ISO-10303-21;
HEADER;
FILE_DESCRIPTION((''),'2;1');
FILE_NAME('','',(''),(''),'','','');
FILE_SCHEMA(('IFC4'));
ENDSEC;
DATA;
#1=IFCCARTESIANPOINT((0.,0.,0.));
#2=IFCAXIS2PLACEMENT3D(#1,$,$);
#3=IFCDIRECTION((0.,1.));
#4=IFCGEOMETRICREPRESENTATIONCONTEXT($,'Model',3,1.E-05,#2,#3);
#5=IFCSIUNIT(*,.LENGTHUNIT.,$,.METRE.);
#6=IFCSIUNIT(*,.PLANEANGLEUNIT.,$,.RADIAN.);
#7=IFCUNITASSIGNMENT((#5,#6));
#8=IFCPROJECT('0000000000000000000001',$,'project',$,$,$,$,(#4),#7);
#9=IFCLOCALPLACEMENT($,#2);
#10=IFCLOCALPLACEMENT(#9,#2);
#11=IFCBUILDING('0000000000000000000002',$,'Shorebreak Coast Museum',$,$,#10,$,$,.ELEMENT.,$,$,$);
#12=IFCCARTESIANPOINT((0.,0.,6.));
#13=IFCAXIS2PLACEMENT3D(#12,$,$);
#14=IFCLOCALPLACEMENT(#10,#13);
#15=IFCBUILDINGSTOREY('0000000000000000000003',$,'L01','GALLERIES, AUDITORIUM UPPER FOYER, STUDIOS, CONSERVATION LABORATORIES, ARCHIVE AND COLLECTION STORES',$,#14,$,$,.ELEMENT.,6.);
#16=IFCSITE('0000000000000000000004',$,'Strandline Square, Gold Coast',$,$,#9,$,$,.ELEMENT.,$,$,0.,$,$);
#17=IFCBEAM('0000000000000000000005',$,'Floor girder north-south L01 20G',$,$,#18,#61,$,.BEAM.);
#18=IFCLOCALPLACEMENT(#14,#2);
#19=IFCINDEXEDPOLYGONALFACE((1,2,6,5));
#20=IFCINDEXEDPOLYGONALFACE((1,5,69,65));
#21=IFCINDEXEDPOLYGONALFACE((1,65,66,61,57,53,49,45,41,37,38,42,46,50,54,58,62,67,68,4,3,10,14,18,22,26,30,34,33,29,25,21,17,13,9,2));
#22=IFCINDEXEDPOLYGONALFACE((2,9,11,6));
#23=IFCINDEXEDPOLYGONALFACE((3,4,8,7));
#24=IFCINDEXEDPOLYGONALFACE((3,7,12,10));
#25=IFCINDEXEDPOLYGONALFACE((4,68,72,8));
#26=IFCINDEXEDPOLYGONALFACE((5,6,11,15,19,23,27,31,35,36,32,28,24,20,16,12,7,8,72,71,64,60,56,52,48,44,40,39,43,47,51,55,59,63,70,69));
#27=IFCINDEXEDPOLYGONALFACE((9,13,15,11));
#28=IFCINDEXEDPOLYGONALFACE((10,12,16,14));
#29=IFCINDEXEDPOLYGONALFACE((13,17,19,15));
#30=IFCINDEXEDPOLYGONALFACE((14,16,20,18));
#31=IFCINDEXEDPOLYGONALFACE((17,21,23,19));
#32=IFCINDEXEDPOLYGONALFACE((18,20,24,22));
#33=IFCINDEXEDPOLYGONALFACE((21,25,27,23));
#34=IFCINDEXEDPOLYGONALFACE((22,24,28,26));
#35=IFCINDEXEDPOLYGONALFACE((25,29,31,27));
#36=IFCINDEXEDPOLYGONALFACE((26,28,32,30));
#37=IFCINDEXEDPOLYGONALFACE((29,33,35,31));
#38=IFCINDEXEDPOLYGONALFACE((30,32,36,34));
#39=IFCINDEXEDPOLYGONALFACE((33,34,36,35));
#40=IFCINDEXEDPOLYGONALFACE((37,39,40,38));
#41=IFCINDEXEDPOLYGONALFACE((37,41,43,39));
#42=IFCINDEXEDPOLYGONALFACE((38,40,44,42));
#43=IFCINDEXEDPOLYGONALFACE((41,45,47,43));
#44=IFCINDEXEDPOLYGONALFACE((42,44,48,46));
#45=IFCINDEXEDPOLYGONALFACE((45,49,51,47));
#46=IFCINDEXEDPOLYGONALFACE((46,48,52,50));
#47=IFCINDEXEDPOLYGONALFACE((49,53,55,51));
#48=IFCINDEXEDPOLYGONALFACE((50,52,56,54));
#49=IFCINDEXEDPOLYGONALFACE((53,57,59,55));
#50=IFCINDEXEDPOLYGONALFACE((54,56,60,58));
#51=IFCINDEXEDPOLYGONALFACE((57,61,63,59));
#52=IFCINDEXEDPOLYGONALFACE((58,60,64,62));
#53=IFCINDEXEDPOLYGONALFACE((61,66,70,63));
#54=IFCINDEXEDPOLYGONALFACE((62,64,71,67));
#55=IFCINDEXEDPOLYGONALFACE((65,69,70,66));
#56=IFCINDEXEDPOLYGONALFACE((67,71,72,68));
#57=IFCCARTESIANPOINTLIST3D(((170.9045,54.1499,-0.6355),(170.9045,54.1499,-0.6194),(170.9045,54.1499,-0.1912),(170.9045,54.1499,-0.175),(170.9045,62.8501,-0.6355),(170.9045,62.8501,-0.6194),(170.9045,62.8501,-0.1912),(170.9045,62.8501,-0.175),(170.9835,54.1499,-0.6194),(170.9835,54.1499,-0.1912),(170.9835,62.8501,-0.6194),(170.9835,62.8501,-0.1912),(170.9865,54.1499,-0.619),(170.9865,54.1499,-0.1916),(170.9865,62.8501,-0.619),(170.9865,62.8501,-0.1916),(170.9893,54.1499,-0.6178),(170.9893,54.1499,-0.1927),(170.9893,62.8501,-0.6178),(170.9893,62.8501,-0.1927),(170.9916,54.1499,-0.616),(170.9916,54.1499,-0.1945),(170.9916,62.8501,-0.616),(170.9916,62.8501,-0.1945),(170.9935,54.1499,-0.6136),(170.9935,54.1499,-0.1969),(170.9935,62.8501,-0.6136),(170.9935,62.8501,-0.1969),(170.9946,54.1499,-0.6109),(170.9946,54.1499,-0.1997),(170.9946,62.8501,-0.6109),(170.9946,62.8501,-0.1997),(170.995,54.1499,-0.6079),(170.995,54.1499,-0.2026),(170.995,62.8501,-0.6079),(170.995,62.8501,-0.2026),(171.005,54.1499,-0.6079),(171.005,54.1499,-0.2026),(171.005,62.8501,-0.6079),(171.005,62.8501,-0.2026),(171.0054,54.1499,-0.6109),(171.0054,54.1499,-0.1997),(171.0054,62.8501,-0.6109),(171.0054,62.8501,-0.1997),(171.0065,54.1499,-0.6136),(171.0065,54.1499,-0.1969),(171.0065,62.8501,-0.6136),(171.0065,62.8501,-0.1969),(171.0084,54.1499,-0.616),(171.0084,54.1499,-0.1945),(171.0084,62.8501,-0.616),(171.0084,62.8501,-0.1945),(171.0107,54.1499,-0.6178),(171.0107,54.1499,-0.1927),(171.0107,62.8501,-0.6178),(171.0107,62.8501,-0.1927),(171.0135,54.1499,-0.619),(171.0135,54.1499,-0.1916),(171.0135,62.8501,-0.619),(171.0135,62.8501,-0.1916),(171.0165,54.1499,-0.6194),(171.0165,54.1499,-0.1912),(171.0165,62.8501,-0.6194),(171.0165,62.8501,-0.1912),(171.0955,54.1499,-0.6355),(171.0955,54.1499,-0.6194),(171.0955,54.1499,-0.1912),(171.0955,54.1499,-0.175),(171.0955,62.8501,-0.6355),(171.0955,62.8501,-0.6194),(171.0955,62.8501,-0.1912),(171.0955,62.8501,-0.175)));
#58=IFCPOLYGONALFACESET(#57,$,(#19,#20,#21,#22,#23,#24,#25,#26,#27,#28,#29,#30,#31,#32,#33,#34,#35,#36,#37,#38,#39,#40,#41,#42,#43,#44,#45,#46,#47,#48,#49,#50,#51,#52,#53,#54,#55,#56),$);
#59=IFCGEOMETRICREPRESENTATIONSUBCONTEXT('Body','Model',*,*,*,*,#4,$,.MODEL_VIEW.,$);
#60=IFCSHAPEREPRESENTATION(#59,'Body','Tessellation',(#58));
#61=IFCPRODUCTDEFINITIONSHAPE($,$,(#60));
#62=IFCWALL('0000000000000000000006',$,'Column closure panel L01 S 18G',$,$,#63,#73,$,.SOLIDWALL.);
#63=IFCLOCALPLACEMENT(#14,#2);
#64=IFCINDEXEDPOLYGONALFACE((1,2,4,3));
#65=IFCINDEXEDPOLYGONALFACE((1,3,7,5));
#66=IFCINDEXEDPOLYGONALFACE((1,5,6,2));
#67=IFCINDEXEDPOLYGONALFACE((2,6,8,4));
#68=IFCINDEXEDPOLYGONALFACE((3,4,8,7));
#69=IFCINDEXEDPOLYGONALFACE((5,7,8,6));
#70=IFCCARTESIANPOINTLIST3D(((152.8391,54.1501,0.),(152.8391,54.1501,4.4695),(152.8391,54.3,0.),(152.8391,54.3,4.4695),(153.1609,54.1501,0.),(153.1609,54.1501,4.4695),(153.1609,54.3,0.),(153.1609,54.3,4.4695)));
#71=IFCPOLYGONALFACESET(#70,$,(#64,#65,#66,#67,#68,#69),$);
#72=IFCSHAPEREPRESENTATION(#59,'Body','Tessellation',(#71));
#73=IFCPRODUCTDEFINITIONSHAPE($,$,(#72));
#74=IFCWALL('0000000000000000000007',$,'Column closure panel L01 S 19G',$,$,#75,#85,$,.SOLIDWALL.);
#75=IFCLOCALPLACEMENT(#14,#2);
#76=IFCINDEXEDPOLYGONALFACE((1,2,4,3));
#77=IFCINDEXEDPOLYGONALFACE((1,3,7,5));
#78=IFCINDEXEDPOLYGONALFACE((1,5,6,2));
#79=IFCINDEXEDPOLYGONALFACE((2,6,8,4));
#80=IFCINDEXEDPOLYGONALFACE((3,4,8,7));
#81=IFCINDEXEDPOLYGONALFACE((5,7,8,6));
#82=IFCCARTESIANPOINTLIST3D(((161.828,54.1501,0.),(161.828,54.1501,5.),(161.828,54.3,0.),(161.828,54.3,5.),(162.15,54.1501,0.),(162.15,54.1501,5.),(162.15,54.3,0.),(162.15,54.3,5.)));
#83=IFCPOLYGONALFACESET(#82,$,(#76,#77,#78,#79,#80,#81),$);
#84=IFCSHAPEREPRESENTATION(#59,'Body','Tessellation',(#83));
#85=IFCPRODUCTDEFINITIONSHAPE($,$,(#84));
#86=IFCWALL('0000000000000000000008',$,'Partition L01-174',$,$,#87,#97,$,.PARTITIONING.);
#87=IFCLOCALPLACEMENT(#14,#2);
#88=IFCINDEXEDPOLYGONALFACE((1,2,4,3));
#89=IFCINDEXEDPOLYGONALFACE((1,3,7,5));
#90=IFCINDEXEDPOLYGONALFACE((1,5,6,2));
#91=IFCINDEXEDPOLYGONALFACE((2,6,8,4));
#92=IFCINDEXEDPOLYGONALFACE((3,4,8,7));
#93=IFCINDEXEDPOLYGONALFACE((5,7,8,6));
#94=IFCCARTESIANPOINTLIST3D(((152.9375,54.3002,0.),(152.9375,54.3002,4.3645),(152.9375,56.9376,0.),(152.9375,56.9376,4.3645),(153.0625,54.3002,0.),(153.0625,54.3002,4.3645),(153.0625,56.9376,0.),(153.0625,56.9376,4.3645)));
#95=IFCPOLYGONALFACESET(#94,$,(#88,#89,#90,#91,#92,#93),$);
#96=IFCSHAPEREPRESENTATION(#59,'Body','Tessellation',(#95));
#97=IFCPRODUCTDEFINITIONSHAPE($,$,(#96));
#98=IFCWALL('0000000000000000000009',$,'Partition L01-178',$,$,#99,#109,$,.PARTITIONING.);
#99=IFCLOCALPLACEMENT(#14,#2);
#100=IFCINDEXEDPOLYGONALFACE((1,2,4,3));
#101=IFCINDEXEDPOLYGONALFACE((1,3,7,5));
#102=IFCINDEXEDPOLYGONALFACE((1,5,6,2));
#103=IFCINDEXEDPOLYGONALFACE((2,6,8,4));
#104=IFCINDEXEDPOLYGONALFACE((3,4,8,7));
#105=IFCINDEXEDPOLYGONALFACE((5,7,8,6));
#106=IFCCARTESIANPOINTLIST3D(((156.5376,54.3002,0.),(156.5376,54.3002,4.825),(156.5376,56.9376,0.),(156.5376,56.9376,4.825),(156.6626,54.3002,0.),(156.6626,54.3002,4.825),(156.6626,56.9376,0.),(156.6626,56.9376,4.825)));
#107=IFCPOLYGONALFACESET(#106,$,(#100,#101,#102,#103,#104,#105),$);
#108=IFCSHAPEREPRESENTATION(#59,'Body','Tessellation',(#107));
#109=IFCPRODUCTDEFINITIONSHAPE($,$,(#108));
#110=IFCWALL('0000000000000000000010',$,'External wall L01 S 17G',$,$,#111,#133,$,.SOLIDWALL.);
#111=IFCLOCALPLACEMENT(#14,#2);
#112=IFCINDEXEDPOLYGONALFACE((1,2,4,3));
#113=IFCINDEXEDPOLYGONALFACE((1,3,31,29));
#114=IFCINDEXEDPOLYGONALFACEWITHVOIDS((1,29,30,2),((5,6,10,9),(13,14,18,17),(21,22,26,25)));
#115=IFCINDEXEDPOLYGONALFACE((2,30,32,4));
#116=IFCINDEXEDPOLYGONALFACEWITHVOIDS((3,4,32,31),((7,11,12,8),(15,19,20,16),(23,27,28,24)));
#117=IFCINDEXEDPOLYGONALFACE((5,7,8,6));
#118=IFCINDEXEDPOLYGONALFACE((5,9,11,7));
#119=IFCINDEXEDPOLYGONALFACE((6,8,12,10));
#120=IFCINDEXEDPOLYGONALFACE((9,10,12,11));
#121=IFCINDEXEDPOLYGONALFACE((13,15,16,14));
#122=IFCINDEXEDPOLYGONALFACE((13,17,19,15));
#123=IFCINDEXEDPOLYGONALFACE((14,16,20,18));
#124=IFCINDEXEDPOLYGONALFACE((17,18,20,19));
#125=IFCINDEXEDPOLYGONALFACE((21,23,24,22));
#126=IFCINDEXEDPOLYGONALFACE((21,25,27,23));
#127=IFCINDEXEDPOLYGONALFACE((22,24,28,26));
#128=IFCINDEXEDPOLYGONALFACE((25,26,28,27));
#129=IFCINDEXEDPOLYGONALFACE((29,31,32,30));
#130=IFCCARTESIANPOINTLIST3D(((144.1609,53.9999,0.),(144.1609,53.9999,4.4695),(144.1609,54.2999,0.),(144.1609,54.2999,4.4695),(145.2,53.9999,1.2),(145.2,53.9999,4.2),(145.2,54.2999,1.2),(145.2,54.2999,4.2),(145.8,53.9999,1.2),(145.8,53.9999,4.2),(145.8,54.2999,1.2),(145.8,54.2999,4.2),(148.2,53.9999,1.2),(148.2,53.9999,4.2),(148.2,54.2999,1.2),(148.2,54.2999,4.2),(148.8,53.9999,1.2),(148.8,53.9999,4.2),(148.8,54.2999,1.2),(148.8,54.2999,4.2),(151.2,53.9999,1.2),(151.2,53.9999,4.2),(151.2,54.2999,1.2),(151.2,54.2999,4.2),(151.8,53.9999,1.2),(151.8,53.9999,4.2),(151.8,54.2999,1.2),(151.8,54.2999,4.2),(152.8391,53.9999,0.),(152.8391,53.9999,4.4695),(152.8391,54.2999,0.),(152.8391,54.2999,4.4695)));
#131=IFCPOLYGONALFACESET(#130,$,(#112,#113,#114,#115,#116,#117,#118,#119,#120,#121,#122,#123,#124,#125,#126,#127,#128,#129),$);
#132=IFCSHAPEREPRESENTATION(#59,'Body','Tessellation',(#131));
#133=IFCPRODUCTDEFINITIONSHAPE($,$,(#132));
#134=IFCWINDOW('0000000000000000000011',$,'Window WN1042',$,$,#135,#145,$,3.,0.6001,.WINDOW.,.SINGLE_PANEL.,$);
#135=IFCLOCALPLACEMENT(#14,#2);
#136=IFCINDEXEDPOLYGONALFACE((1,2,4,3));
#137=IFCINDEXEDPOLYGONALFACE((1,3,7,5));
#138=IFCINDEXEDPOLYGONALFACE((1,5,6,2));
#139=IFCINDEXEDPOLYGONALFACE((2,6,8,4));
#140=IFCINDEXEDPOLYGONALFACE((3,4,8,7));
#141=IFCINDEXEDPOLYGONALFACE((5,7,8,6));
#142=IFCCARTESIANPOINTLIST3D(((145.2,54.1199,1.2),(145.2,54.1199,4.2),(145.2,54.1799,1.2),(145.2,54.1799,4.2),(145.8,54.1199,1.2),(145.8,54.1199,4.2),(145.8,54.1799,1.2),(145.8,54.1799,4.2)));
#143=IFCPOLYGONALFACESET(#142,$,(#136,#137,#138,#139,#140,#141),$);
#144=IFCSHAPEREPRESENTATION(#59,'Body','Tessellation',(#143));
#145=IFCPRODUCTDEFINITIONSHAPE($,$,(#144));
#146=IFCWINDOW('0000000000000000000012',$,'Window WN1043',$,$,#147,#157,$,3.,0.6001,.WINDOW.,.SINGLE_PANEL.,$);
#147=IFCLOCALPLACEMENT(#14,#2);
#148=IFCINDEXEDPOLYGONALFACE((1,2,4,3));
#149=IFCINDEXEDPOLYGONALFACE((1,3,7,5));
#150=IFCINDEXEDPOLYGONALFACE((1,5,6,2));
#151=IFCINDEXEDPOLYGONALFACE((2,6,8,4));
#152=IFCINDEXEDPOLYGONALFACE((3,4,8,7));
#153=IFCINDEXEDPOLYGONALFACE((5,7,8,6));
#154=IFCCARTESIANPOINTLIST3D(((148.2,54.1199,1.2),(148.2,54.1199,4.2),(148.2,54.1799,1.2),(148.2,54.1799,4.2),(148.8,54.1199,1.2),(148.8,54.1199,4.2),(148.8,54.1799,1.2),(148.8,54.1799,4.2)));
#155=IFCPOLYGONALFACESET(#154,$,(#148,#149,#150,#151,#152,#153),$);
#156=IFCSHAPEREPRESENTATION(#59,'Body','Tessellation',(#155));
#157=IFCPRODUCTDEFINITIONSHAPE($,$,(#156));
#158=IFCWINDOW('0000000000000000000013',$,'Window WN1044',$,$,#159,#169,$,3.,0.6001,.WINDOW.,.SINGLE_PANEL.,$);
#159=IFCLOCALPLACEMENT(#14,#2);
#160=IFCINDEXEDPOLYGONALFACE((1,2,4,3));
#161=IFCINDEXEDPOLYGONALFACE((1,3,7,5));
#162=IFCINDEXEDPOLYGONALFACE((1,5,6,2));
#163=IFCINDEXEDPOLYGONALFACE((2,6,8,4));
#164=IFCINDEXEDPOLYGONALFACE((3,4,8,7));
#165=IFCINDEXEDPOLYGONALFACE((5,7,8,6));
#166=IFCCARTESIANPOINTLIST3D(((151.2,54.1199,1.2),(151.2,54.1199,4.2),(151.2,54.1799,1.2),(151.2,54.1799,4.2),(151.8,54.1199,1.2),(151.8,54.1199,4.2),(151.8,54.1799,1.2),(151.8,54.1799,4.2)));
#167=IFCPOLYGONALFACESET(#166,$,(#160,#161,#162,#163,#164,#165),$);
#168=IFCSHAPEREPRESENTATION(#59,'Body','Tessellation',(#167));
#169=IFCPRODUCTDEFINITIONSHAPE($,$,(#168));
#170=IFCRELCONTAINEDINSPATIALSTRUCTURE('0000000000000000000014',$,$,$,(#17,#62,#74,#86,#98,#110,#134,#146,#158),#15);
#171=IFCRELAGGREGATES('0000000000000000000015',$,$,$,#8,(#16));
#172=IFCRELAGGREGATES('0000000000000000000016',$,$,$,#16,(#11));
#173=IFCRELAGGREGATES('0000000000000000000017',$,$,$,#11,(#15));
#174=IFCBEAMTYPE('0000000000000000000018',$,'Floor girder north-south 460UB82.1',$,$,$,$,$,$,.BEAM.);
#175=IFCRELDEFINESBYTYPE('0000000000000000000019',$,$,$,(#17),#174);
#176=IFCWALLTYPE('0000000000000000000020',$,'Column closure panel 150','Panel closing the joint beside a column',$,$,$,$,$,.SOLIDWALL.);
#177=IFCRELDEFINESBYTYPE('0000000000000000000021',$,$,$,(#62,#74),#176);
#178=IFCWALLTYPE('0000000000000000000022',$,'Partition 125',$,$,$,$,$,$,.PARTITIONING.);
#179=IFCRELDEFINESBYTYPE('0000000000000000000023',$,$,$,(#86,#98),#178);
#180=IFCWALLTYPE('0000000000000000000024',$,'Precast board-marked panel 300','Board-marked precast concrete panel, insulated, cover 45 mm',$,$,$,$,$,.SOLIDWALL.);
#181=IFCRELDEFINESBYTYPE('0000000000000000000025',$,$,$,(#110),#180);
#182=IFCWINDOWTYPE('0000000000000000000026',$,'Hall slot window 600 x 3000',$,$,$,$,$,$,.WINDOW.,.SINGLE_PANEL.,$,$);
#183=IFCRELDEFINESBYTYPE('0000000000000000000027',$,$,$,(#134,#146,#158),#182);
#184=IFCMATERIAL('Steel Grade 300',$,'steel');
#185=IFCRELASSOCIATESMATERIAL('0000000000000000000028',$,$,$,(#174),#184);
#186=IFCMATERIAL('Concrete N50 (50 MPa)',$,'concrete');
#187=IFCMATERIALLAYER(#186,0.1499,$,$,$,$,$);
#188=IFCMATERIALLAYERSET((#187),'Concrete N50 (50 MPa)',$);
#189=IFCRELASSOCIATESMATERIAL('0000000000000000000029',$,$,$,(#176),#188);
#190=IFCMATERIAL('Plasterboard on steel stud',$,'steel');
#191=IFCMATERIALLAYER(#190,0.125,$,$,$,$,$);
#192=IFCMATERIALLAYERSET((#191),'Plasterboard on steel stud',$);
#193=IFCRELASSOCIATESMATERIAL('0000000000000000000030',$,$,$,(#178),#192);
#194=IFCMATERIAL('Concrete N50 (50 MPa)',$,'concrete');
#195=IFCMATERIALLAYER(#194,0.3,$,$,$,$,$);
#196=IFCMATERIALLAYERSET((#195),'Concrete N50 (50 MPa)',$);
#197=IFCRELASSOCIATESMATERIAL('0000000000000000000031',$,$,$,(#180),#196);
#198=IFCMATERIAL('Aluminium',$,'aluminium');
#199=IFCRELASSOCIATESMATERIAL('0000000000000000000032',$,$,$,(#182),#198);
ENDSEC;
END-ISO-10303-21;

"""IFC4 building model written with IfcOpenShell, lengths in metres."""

from ifc_helpers import new_model, si_unit, direction, frame, frame_2d, origin, origin_2d, place, context, subcontext, project, spatial, rectangle, i_section, extrude, material, layer, layer_set, material_profile, profile_set, type_object, element, fill, save


model = new_model("IFC4")

# Units and contexts
model_context = context("Model", 3, precision=1e-05, world=origin(), true_north=direction((0.0, 1.0)))
body_context = subcontext(model_context, "Body", "Model", "MODEL_VIEW")
ifc_project = project(units=[si_unit("LENGTHUNIT", "METRE"), si_unit("PLANEANGLEUNIT", "RADIAN")], contexts=[model_context])

# Site, building, storey
site_placement = place(None, origin())
site = spatial("IfcSite", under=ifc_project, at=site_placement, Name="Strandline Square, Gold Coast", CompositionType="ELEMENT", RefElevation=0.0)
building_placement = place(site_placement, origin())
building = spatial("IfcBuilding", under=site, at=building_placement, Name="Shorebreak Coast Museum", CompositionType="ELEMENT")
storey_placement = place(building_placement, frame((0.0, 0.0, 6.0)))
storey = spatial("IfcBuildingStorey", under=building, at=storey_placement, Name="L01", Description="GALLERIES, AUDITORIUM UPPER FOYER, STUDIOS, CONSERVATION LABORATORIES, ARCHIVE AND COLLECTION STORES", CompositionType="ELEMENT", Elevation=6.0)

# Beam
ifc_material_1 = material(Name="Steel Grade 300", Category="steel")
ifc_material_profile_1 = material_profile(ifc_material_1, i_section(OverallWidth=0.1909, OverallDepth=0.4604, WebThickness=0.01, FlangeThickness=0.0161, FilletRadius=0.0115, at=origin_2d()), Name="460UB82.1")
ifc_profile_set_1 = profile_set([ifc_material_profile_1], Name="Steel Grade 300")
beam_type_1 = type_object("IfcBeamType", Name="Floor girder north-south 460UB82.1", PredefinedType="BEAM", material=ifc_profile_set_1)
beam_placement = place(storey_placement, frame((171.0, 54.1499, -0.4053), z_axis=(0.0, 1.0, 0.0), x_axis=(-1.0, 0.0, 0.0)))
element("IfcBeam", 1, at=beam_placement, inside=storey, type_object=beam_type_1, Name="Floor girder north-south L01 20G", PredefinedType="BEAM", context=body_context, shape_type="SweptSolid", body=[
    extrude(i_section(OverallWidth=0.1909, OverallDepth=0.4604, WebThickness=0.01, FlangeThickness=0.0161, FilletRadius=0.0115, at=origin_2d()), origin(), (0.0, 0.0, 1.0), 8.7002),
])

# Walls
ifc_material_2 = material(Name="Concrete N50 (50 MPa)", Category="concrete")
ifc_layer_1 = layer(ifc_material_2, 0.1499)
ifc_layer_set_1 = layer_set([ifc_layer_1], Name="Concrete N50 (50 MPa)")
wall_type_1 = type_object("IfcWallType", Name="Column closure panel 150", Description="Panel closing the joint beside a column", PredefinedType="SOLIDWALL", material=ifc_layer_set_1)
wall_1_placement = place(storey_placement, frame((152.8391, 54.2251, 0.0), z_axis=(0.0, 0.0, 1.0), x_axis=(1.0, 0.0, 0.0)))
element("IfcWall", 2, at=wall_1_placement, inside=storey, type_object=wall_type_1, Name="Column closure panel L01 S 18G", PredefinedType="SOLIDWALL", context=body_context, shape_type="SweptSolid", body=[
    extrude(rectangle(XDim=0.3218, YDim=0.1499, at=frame_2d((0.1609, 0.0))), origin(), (0.0, 0.0, 1.0), 4.4695),
])
wall_2_placement = place(storey_placement, frame((161.8279, 54.2251, 0.0), z_axis=(0.0, 0.0, 1.0), x_axis=(1.0, 0.0, 0.0)))
element("IfcWall", 3, at=wall_2_placement, inside=storey, type_object=wall_type_1, Name="Column closure panel L01 S 19G", PredefinedType="SOLIDWALL", context=body_context, shape_type="SweptSolid", body=[
    extrude(rectangle(XDim=0.322, YDim=0.1499, at=frame_2d((0.1611, 0.0))), origin(), (0.0, 0.0, 1.0), 5.0),
])
ifc_material_3 = material(Name="Plasterboard on steel stud", Category="steel")
ifc_layer_2 = layer(ifc_material_3, 0.125)
ifc_layer_set_2 = layer_set([ifc_layer_2], Name="Plasterboard on steel stud")
wall_type_2 = type_object("IfcWallType", Name="Partition 125", PredefinedType="PARTITIONING", material=ifc_layer_set_2)
wall_3_placement = place(storey_placement, frame((153.0, 54.3, 0.0), z_axis=(0.0, 0.0, 1.0), x_axis=(0.0, 1.0, 0.0)))
element("IfcWall", 4, at=wall_3_placement, inside=storey, type_object=wall_type_2, Name="Partition L01-174", PredefinedType="PARTITIONING", context=body_context, shape_type="SweptSolid", body=[
    extrude(rectangle(XDim=2.6375, YDim=0.125, at=frame_2d((1.3188, 0.0))), origin(), (0.0, 0.0, 1.0), 4.3645),
])
wall_4_placement = place(storey_placement, frame((156.6001, 54.3, 0.0), z_axis=(0.0, 0.0, 1.0), x_axis=(0.0, 1.0, 0.0)))
element("IfcWall", 5, at=wall_4_placement, inside=storey, type_object=wall_type_2, Name="Partition L01-178", PredefinedType="PARTITIONING", context=body_context, shape_type="SweptSolid", body=[
    extrude(rectangle(XDim=2.6375, YDim=0.125, at=frame_2d((1.3188, 0.0))), origin(), (0.0, 0.0, 1.0), 4.825),
])

# Wall, openings, windows
ifc_material_4 = material(Name="Concrete N50 (50 MPa)", Category="concrete")
ifc_layer_3 = layer(ifc_material_4, 0.3)
ifc_layer_set_3 = layer_set([ifc_layer_3], Name="Concrete N50 (50 MPa)")
wall_type_3 = type_object("IfcWallType", Name="Precast board-marked panel 300", Description="Board-marked precast concrete panel, insulated, cover 45 mm", PredefinedType="SOLIDWALL", material=ifc_layer_set_3)
wall_5_placement = place(storey_placement, frame((144.1609, 54.1499, 0.0), z_axis=(0.0, 0.0, 1.0), x_axis=(1.0, 0.0, 0.0)))
wall_5 = element("IfcWall", 6, at=wall_5_placement, inside=storey, type_object=wall_type_3, Name="External wall L01 S 17G", PredefinedType="SOLIDWALL", context=body_context, shape_type="SweptSolid", body=[
    extrude(rectangle(XDim=8.6782, YDim=0.3, at=frame_2d((4.3391, 0.0))), origin(), (0.0, 0.0, 1.0), 4.4695),
])
opening_1_placement = place(wall_5_placement, frame((1.0391, 0.0, 1.2)))
opening_1 = element("IfcOpeningElement", 7, at=opening_1_placement, cuts=wall_5, PredefinedType="OPENING", context=body_context, shape_type="SweptSolid", body=[
    extrude(rectangle(XDim=0.6001, YDim=3.0, at=frame_2d((0.3, 1.5))), frame((0.0, 0.1599, 0.0), z_axis=(0.0, -1.0, 0.0), x_axis=(1.0, 0.0, 0.0)), (0.0, 0.0, 1.0), 0.3201),
])
opening_2_placement = place(wall_5_placement, frame((4.0391, 0.0, 1.2)))
opening_2 = element("IfcOpeningElement", 8, at=opening_2_placement, cuts=wall_5, PredefinedType="OPENING", context=body_context, shape_type="SweptSolid", body=[
    extrude(rectangle(XDim=0.6001, YDim=3.0, at=frame_2d((0.3, 1.5))), frame((0.0, 0.1599, 0.0), z_axis=(0.0, -1.0, 0.0), x_axis=(1.0, 0.0, 0.0)), (0.0, 0.0, 1.0), 0.3201),
])
opening_3_placement = place(wall_5_placement, frame((7.0391, 0.0, 1.2)))
opening_3 = element("IfcOpeningElement", 9, at=opening_3_placement, cuts=wall_5, PredefinedType="OPENING", context=body_context, shape_type="SweptSolid", body=[
    extrude(rectangle(XDim=0.6001, YDim=3.0, at=frame_2d((0.3, 1.5))), frame((0.0, 0.1599, 0.0), z_axis=(0.0, -1.0, 0.0), x_axis=(1.0, 0.0, 0.0)), (0.0, 0.0, 1.0), 0.3201),
])
ifc_material_5 = material(Name="Aluminium", Category="aluminium")
window_type = type_object("IfcWindowType", Name="Hall slot window 600 x 3000", PartitioningType="SINGLE_PANEL", PredefinedType="WINDOW", material=ifc_material_5)
window_1_placement = place(opening_1_placement, origin())
window_1 = element("IfcWindow", 10, at=window_1_placement, inside=storey, type_object=window_type, Name="Window WN1042", OverallHeight=3.0, OverallWidth=0.6001, PartitioningType="SINGLE_PANEL", PredefinedType="WINDOW", context=body_context, shape_type="SweptSolid", body=[
    extrude(rectangle(XDim=0.6001, YDim=3.0, at=frame_2d((0.3, 1.5))), frame((0.0, 0.03, 0.0), z_axis=(0.0, -1.0, 0.0), x_axis=(1.0, 0.0, 0.0)), (0.0, 0.0, 1.0), 0.0601),
])
fill(opening_1, window_1)
window_2_placement = place(opening_2_placement, origin())
window_2 = element("IfcWindow", 11, at=window_2_placement, inside=storey, type_object=window_type, Name="Window WN1043", OverallHeight=3.0, OverallWidth=0.6001, PartitioningType="SINGLE_PANEL", PredefinedType="WINDOW", context=body_context, shape_type="SweptSolid", body=[
    extrude(rectangle(XDim=0.6001, YDim=3.0, at=frame_2d((0.3, 1.5))), frame((0.0, 0.03, 0.0), z_axis=(0.0, -1.0, 0.0), x_axis=(1.0, 0.0, 0.0)), (0.0, 0.0, 1.0), 0.0601),
])
fill(opening_2, window_2)
window_3_placement = place(opening_3_placement, origin())
window_3 = element("IfcWindow", 12, at=window_3_placement, inside=storey, type_object=window_type, Name="Window WN1044", OverallHeight=3.0, OverallWidth=0.6001, PartitioningType="SINGLE_PANEL", PredefinedType="WINDOW", context=body_context, shape_type="SweptSolid", body=[
    extrude(rectangle(XDim=0.6001, YDim=3.0, at=frame_2d((0.3, 1.5))), frame((0.0, 0.03, 0.0), z_axis=(0.0, -1.0, 0.0), x_axis=(1.0, 0.0, 0.0)), (0.0, 0.0, 1.0), 0.0601),
])
fill(opening_3, window_3)

save(model, "model.ifc")
